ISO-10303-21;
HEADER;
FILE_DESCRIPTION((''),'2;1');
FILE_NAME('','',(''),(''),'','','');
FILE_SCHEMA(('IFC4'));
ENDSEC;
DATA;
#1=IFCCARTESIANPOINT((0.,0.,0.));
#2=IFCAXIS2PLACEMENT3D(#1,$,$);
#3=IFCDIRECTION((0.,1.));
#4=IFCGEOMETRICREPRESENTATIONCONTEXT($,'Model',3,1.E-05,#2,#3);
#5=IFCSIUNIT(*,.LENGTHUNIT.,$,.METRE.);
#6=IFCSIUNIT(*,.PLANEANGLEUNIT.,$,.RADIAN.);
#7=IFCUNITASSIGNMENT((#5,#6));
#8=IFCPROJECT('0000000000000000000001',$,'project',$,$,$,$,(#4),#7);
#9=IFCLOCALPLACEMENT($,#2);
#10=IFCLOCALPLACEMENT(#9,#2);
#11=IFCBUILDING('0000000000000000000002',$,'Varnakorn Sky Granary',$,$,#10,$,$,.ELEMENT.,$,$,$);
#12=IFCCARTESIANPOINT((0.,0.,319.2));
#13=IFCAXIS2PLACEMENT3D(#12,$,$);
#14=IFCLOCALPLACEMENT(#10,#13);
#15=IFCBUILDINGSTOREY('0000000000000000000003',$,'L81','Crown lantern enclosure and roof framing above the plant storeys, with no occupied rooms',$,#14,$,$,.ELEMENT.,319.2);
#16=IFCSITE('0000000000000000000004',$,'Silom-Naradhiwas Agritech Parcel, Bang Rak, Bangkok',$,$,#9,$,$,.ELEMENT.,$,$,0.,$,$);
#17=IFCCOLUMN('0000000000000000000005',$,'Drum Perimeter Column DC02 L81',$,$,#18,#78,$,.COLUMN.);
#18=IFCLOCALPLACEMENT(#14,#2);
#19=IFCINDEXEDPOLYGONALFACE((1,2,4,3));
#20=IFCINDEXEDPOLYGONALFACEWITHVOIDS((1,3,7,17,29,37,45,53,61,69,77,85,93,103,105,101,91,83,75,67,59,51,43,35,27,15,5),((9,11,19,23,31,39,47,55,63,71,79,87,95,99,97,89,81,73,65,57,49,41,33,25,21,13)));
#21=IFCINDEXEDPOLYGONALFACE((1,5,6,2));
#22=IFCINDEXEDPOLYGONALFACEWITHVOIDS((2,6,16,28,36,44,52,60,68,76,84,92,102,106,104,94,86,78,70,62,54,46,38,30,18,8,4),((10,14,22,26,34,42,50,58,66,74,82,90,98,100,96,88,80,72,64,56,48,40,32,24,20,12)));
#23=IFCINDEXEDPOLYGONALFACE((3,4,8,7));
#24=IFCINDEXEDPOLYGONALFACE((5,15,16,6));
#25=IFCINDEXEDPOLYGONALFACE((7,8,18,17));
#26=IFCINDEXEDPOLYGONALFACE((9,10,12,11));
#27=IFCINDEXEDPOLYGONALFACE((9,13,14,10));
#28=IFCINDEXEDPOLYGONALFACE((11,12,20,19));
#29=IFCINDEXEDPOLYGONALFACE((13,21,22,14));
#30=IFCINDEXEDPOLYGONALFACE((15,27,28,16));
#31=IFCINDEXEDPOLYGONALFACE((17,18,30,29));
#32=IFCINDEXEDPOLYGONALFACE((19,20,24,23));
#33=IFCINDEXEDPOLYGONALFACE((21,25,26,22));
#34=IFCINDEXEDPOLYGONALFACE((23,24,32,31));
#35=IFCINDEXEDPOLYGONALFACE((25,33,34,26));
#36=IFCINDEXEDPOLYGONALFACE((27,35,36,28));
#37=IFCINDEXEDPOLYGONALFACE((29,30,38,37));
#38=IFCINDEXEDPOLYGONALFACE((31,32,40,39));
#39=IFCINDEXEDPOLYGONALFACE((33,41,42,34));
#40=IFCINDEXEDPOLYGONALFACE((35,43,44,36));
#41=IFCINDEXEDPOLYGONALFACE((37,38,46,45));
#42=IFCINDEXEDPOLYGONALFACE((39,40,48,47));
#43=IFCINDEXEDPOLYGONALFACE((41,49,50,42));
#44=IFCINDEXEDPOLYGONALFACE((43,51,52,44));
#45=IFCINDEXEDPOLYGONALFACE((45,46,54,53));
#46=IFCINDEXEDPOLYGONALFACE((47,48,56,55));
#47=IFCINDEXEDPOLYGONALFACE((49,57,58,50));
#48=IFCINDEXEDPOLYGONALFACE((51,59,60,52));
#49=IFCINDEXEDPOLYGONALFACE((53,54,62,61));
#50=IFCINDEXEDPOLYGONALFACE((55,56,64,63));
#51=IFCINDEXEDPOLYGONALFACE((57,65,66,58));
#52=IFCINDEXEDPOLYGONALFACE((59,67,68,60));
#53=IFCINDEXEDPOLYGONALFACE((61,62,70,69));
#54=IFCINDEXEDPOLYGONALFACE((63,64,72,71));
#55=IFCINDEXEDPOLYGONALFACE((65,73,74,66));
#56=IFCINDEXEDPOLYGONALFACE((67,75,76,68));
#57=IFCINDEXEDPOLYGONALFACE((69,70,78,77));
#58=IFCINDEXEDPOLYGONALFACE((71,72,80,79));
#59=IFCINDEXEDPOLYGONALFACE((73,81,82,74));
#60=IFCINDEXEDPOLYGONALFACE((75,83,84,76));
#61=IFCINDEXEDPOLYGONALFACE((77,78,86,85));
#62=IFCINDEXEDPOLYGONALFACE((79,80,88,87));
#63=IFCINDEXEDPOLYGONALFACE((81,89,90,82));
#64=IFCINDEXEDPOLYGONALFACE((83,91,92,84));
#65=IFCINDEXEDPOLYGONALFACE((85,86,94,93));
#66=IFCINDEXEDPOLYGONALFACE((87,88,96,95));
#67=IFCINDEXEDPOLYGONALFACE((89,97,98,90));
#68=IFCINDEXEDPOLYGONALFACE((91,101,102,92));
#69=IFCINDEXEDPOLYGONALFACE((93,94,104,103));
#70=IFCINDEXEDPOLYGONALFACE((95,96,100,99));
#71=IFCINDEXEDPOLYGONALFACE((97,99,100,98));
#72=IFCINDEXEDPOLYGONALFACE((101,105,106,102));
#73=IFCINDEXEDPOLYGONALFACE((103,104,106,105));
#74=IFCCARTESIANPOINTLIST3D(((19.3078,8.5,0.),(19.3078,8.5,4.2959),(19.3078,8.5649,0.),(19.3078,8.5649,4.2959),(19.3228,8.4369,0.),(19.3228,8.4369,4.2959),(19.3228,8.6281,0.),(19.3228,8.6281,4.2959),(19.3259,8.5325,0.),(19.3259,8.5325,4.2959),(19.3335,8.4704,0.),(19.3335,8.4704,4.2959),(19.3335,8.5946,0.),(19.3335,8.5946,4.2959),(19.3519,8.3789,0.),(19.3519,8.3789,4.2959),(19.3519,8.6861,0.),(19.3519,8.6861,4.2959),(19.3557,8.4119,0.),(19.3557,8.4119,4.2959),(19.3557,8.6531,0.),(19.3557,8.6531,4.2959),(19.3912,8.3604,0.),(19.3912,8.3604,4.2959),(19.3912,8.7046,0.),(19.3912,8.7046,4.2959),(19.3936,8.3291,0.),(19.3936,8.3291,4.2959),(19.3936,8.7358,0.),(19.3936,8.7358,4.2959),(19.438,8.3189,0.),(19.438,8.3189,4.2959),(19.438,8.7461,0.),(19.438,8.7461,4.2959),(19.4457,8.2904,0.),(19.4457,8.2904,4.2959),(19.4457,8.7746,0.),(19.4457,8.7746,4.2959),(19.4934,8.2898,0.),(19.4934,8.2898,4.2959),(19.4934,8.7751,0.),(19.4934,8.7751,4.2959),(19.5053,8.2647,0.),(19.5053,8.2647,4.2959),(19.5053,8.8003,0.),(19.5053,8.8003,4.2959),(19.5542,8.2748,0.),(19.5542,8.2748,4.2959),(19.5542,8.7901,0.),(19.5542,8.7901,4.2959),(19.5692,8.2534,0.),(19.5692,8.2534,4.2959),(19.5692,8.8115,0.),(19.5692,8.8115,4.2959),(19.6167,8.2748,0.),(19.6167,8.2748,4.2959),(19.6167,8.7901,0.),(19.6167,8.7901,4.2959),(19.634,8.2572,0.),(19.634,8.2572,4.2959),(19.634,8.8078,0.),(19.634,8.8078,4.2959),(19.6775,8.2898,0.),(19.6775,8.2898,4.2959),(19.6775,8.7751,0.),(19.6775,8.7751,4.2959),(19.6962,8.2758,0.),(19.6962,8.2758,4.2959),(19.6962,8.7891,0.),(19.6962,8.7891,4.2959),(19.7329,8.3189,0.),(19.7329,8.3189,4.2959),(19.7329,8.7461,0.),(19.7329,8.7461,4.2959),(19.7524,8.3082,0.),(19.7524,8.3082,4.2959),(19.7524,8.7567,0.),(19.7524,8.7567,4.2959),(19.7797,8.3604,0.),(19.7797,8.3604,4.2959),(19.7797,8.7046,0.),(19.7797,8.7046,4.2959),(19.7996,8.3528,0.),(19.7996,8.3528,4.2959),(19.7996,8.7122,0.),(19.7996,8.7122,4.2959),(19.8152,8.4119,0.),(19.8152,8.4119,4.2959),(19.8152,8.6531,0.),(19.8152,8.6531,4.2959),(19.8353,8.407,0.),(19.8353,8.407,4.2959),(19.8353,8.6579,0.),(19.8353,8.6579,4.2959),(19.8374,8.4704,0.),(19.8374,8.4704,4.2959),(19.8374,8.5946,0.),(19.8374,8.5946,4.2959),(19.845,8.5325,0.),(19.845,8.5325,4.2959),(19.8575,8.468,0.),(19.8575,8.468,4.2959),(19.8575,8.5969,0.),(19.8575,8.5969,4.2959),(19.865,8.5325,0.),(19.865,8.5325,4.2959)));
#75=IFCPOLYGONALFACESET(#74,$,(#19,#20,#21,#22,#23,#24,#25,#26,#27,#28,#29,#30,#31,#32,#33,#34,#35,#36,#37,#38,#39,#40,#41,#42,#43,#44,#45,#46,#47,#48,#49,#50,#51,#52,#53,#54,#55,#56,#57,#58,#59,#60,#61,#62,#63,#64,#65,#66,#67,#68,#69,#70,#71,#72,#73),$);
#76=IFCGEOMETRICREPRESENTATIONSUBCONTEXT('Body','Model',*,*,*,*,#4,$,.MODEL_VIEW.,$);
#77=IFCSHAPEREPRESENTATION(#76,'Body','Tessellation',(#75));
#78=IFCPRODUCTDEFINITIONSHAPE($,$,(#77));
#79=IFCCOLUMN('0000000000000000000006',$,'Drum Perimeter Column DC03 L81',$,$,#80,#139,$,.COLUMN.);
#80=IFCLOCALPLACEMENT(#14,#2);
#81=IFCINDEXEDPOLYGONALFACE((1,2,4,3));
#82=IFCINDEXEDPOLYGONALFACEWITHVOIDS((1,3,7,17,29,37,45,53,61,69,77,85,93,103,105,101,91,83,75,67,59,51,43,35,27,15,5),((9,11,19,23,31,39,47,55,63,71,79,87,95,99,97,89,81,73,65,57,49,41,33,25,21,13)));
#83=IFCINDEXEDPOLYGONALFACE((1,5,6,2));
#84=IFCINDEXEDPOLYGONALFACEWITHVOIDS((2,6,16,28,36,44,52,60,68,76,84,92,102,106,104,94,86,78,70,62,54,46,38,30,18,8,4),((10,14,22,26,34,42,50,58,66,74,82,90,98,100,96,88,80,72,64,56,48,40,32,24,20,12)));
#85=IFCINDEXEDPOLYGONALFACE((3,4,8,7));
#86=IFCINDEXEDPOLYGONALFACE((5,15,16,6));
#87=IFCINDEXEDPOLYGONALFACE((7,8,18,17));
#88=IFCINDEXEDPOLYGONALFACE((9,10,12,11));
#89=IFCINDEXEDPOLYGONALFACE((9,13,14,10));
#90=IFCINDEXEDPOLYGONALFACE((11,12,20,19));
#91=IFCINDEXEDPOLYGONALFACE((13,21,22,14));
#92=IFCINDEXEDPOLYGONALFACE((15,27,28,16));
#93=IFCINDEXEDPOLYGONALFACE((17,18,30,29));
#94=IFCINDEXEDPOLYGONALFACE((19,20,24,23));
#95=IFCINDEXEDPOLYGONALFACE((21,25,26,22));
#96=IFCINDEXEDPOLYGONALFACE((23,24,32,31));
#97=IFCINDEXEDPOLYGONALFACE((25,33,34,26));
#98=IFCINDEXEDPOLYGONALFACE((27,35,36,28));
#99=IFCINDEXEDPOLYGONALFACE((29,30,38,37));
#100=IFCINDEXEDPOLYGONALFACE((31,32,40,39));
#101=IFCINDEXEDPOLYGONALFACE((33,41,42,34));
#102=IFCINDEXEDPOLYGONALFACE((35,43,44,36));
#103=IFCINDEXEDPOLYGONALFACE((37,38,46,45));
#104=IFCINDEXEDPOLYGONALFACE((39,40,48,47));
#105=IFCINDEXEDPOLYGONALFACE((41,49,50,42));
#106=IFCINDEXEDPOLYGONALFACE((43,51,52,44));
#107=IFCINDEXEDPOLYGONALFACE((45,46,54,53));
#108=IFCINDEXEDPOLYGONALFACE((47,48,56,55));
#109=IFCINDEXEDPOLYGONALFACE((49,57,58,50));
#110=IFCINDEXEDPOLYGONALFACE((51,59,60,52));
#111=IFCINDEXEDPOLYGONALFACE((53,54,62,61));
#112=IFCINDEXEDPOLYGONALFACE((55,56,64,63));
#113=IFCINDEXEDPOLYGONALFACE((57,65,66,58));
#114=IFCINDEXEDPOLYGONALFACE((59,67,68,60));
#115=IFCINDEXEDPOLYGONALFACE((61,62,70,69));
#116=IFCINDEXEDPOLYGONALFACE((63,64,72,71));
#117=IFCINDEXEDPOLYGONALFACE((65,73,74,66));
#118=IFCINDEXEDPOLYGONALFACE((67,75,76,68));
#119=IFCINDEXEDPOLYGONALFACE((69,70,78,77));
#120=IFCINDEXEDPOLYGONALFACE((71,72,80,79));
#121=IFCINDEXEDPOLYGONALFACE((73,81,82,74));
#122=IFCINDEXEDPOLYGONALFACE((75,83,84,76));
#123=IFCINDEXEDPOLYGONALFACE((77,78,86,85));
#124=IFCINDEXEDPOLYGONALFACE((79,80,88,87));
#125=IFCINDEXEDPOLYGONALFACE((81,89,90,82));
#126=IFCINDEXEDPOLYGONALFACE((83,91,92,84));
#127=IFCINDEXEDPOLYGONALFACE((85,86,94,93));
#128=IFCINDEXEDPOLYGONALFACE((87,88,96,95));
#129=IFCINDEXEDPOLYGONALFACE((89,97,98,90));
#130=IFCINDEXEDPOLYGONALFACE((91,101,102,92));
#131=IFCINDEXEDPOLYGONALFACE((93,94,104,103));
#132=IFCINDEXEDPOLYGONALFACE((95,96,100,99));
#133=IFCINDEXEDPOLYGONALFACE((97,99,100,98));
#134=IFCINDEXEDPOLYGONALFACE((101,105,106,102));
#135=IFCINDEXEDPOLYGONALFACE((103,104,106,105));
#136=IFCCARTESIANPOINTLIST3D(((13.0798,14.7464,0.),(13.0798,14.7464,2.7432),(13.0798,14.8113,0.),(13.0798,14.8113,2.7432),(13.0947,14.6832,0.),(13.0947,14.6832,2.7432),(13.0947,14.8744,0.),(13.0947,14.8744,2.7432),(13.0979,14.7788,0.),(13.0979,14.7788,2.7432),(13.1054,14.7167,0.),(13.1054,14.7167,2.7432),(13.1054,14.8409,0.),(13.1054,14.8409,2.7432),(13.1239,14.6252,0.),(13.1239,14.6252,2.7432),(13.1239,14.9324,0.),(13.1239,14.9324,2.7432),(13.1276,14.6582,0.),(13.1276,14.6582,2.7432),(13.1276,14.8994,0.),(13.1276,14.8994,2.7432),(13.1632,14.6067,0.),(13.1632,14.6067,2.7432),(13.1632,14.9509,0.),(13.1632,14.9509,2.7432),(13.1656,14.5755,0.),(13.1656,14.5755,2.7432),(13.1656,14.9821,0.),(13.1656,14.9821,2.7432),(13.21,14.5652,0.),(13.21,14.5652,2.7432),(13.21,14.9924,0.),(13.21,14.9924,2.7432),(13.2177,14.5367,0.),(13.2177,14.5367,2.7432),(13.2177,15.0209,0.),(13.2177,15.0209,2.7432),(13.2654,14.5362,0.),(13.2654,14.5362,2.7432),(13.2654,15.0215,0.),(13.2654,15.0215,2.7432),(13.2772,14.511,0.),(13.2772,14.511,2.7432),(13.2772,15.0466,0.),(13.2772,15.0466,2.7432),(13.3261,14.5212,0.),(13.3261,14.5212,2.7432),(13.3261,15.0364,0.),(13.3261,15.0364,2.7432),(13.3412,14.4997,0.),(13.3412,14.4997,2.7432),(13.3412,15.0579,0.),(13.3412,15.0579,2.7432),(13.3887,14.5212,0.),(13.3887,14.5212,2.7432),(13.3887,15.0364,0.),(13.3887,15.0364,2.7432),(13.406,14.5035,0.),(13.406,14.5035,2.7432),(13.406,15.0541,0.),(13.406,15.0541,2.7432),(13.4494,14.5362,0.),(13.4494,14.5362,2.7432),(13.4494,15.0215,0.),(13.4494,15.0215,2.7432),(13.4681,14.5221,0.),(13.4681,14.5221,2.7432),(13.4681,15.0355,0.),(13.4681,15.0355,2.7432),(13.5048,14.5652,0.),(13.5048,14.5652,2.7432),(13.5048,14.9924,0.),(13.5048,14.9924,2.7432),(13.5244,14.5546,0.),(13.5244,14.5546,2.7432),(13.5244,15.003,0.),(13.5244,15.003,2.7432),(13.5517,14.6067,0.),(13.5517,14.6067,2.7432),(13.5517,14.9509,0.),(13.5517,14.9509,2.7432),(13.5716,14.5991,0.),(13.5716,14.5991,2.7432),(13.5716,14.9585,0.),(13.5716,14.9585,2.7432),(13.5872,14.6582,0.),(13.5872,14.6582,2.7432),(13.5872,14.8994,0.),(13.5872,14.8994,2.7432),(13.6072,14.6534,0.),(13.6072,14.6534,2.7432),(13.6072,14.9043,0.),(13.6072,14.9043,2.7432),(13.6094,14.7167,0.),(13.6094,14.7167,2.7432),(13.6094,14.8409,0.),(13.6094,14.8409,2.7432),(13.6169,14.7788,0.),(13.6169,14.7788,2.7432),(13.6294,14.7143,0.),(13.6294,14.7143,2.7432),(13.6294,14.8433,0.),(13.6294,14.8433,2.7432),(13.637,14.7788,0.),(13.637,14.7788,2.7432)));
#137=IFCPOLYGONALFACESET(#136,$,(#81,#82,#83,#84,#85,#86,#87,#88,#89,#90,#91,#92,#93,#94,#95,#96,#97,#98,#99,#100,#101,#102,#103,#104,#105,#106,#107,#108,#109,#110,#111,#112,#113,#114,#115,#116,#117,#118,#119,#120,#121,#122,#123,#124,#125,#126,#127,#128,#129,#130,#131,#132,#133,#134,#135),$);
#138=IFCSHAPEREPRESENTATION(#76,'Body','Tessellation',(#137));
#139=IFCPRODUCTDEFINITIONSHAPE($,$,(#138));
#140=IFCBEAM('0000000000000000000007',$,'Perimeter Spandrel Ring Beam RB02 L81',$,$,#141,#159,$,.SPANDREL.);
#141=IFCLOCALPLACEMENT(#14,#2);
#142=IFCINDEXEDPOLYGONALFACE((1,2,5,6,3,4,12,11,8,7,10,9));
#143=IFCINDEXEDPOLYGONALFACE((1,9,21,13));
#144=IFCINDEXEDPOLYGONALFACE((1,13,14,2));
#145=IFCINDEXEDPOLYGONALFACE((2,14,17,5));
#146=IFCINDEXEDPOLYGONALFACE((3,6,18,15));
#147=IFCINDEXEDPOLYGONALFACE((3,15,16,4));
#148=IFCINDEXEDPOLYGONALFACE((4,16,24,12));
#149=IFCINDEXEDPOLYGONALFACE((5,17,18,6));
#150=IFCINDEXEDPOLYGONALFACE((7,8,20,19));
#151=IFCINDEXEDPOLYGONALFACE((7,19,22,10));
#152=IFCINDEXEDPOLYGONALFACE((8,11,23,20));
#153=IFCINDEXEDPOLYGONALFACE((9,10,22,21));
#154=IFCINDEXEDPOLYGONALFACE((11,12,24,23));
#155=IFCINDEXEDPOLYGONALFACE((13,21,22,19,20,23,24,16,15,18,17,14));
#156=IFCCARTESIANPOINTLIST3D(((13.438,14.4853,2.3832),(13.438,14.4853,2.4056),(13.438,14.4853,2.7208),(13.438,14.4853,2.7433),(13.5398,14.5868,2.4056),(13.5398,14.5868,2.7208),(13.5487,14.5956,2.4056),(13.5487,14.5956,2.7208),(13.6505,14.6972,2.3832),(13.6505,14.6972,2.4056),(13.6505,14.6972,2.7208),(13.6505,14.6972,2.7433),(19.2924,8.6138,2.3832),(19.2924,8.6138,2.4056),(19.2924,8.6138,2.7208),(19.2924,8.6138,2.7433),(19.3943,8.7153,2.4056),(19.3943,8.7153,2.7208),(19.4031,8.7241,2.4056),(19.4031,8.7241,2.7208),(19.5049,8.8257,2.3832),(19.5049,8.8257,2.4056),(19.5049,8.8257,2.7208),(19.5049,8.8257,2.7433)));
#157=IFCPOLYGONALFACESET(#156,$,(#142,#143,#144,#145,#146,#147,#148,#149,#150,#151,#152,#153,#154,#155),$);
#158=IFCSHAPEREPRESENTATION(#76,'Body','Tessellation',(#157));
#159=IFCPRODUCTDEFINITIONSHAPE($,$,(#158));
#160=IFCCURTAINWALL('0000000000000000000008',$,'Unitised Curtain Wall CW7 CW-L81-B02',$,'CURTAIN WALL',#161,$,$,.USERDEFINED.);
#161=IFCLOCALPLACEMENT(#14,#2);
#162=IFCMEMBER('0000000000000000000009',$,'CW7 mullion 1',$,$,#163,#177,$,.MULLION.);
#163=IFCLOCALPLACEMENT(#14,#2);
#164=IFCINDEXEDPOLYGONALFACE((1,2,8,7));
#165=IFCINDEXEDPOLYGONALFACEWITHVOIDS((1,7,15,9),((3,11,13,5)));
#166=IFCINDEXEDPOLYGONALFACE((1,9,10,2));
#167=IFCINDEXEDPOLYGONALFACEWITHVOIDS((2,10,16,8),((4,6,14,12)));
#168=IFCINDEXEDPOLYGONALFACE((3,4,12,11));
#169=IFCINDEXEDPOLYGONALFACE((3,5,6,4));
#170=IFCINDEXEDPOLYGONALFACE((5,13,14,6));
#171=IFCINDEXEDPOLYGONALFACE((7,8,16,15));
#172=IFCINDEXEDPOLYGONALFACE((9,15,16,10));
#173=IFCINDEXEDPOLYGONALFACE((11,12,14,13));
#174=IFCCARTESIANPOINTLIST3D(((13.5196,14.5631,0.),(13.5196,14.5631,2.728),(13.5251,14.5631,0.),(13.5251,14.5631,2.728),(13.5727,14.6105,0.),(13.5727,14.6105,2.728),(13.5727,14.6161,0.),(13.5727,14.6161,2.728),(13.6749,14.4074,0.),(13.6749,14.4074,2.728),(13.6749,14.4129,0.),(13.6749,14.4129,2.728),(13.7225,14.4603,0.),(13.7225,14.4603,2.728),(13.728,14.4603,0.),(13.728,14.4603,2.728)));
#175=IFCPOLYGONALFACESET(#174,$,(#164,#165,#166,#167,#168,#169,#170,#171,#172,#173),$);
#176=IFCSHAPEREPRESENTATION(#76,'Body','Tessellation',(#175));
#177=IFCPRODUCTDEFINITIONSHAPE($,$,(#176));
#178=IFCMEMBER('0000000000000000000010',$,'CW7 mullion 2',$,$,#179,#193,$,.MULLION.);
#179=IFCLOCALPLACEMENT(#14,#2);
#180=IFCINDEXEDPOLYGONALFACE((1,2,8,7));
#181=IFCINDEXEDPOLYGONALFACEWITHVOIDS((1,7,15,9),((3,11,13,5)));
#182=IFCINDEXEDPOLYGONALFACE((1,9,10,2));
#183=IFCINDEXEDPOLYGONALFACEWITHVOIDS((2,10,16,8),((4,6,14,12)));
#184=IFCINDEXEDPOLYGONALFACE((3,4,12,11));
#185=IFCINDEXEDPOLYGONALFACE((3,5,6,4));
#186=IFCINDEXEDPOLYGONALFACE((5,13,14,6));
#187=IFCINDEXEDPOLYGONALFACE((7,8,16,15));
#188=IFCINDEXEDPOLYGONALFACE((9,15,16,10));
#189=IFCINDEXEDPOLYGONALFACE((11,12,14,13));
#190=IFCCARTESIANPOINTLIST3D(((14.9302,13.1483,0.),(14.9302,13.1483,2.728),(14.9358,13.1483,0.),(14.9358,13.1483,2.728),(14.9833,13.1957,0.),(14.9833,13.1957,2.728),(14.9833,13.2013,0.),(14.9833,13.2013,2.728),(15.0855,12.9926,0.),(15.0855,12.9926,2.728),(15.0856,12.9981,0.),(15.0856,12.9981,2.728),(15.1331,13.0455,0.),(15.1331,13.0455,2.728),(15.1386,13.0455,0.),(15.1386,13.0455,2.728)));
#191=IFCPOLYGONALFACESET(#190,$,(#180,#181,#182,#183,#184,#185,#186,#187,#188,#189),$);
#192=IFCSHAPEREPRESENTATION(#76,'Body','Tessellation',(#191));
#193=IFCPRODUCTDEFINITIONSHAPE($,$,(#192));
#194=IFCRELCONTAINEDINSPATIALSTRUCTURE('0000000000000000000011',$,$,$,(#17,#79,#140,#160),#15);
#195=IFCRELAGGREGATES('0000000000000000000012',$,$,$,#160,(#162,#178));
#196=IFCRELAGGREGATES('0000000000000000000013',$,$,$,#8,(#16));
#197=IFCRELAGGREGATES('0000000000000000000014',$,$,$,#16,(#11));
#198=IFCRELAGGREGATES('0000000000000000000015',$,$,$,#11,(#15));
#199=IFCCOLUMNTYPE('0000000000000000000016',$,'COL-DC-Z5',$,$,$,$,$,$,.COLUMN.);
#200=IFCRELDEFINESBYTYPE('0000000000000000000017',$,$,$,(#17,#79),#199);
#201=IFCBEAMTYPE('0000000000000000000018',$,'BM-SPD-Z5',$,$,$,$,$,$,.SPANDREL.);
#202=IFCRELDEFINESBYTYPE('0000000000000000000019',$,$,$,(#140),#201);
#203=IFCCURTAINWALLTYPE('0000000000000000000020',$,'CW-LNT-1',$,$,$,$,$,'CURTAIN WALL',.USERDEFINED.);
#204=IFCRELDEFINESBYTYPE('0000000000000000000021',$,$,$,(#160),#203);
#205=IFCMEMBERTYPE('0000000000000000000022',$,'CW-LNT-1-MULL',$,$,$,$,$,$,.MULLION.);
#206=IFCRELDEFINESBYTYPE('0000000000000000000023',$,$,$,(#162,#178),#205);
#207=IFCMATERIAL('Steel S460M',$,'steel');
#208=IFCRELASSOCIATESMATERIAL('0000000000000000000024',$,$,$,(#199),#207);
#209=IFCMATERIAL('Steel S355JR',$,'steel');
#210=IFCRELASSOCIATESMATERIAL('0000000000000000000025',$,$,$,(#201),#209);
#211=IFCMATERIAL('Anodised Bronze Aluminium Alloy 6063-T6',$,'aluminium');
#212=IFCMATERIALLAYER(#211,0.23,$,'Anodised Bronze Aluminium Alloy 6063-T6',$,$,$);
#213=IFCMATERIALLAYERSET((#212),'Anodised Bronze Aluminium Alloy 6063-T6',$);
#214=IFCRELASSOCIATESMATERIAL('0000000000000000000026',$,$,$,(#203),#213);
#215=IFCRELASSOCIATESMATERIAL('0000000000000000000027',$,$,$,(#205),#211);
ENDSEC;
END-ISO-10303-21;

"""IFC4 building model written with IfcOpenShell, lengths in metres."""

from ifc_helpers import new_model, si_unit, direction, frame, origin, origin_2d, place, context, subcontext, project, spatial, hollow_rectangle, hollow_circle, i_section, extrude, material, layer, layer_set, material_profile, profile_set, type_object, element, aggregate, save


model = new_model("IFC4")

# Units and contexts
model_context = context("Model", 3, precision=1e-05, world=origin(), true_north=direction((0.0, 1.0)))
body_context = subcontext(model_context, "Body", "Model", "MODEL_VIEW")
ifc_project = project(units=[si_unit("LENGTHUNIT", "METRE"), si_unit("PLANEANGLEUNIT", "RADIAN")], contexts=[model_context])

# Site, building, storey
site_placement = place(None, origin())
site = spatial("IfcSite", under=ifc_project, at=site_placement, Name="Silom-Naradhiwas Agritech Parcel, Bang Rak, Bangkok", CompositionType="ELEMENT", RefElevation=0.0)
building_placement = place(site_placement, origin())
building = spatial("IfcBuilding", under=site, at=building_placement, Name="Varnakorn Sky Granary", CompositionType="ELEMENT")
storey_placement = place(building_placement, frame((0.0, 0.0, 319.2)))
storey = spatial("IfcBuildingStorey", under=building, at=storey_placement, Name="L81", Description="Crown lantern enclosure and roof framing above the plant storeys, with no occupied rooms", CompositionType="ELEMENT", Elevation=319.2)

# Columns
ifc_material_1 = material(Name="Steel S460M", Category="steel")
ifc_material_profile_1 = material_profile(ifc_material_1, hollow_circle(Radius=0.2795, WallThickness=0.02, at=origin_2d()), Name="CHS 559x20")
ifc_profile_set_1 = profile_set([ifc_material_profile_1], Name="Steel S460M")
column_type = type_object("IfcColumnType", Name="COL-DC-Z5", PredefinedType="COLUMN", material=ifc_profile_set_1)
column_1_placement = place(storey_placement, frame((19.5854, 8.5325, 0.0), z_axis=(0.0, 0.0, 1.0), x_axis=(1.0, 0.0, 0.0)))
element("IfcColumn", 1, at=column_1_placement, inside=storey, type_object=column_type, Name="Drum Perimeter Column DC02 L81", PredefinedType="COLUMN", context=body_context, shape_type="SweptSolid", body=[
    extrude(hollow_circle(Radius=0.2795, WallThickness=0.02, at=origin_2d()), origin(), (0.0, 0.0, 1.0), 4.2959),
])
column_2_placement = place(storey_placement, frame((13.3574, 14.7788, 0.0), z_axis=(0.0, 0.0, 1.0), x_axis=(1.0, 0.0, 0.0)))
element("IfcColumn", 2, at=column_2_placement, inside=storey, type_object=column_type, Name="Drum Perimeter Column DC03 L81", PredefinedType="COLUMN", context=body_context, shape_type="SweptSolid", body=[
    extrude(hollow_circle(Radius=0.2795, WallThickness=0.02, at=origin_2d()), origin(), (0.0, 0.0, 1.0), 2.7432),
])

# Beam
ifc_material_2 = material(Name="Steel S355JR", Category="steel")
ifc_material_profile_2 = material_profile(ifc_material_2, i_section(OverallWidth=0.3, OverallDepth=0.3601, WebThickness=0.0125, FlangeThickness=0.0225, at=origin_2d()), Name="HE 360 B")
ifc_profile_set_2 = profile_set([ifc_material_profile_2], Name="Steel S355JR")
beam_type = type_object("IfcBeamType", Name="BM-SPD-Z5", PredefinedType="SPANDREL", material=ifc_profile_set_2)
beam_placement = place(storey_placement, frame((19.3987, 8.7197, 2.5632), z_axis=(-0.706075, 0.708137, 0.0), x_axis=(-0.708137, -0.706075, 0.0)))
element("IfcBeam", 3, at=beam_placement, inside=storey, type_object=beam_type, Name="Perimeter Spandrel Ring Beam RB02 L81", PredefinedType="SPANDREL", context=body_context, shape_type="SweptSolid", body=[
    extrude(i_section(OverallWidth=0.3, OverallDepth=0.3601, WebThickness=0.0125, FlangeThickness=0.0225, at=origin_2d()), origin(), (0.0, 0.0, 1.0), 8.2915),
])

# Curtain wall, members
ifc_material_3 = material(Name="Anodised Bronze Aluminium Alloy 6063-T6", Category="aluminium")
ifc_layer_1 = layer(ifc_material_3, 0.23, Name="Anodised Bronze Aluminium Alloy 6063-T6")
ifc_layer_set_1 = layer_set([ifc_layer_1], Name="Anodised Bronze Aluminium Alloy 6063-T6")
curtain_wall_type = type_object("IfcCurtainWallType", Name="CW-LNT-1", ElementType="CURTAIN WALL", PredefinedType="USERDEFINED", material=ifc_layer_set_1)
curtain_wall_1_placement = place(storey_placement, origin())
curtain_wall_1 = element("IfcCurtainWall", 4, at=curtain_wall_1_placement, inside=storey, type_object=curtain_wall_type, Name="Unitised Curtain Wall CW7 CW-L81-B02", ObjectType="CURTAIN WALL", PredefinedType="USERDEFINED")
ifc_material_profile_3 = material_profile(ifc_material_3, hollow_rectangle(XDim=0.075, YDim=0.22, WallThickness=0.0039, at=origin_2d()), Name="ALU MULL 75x220")
ifc_profile_set_3 = profile_set([ifc_material_profile_3], Name="Anodised Bronze Aluminium Alloy 6063-T6")
member_type_1 = type_object("IfcMemberType", Name="CW-LNT-1-MULL", PredefinedType="MULLION", material=ifc_profile_set_3)
member_1_placement = place(storey_placement, frame((13.6238, 14.5117, 0.0), z_axis=(0.0, 0.0, 1.0), x_axis=(0.708144, 0.706068, 0.0)))
member_1 = element("IfcMember", 5, at=member_1_placement, type_object=member_type_1, Name="CW7 mullion 1", PredefinedType="MULLION", context=body_context, shape_type="SweptSolid", body=[
    extrude(hollow_rectangle(XDim=0.075, YDim=0.22, WallThickness=0.0039, at=origin_2d()), origin(), (0.0, 0.0, 1.0), 2.728),
])
member_2_placement = place(storey_placement, frame((15.0344, 13.0969, 0.0), z_axis=(0.0, 0.0, 1.0), x_axis=(0.708144, 0.706068, 0.0)))
member_2 = element("IfcMember", 6, at=member_2_placement, type_object=member_type_1, Name="CW7 mullion 2", PredefinedType="MULLION", context=body_context, shape_type="SweptSolid", body=[
    extrude(hollow_rectangle(XDim=0.075, YDim=0.22, WallThickness=0.0039, at=origin_2d()), origin(), (0.0, 0.0, 1.0), 2.728),
])

aggregate(curtain_wall_1, [member_1, member_2])

save(model, "model.ifc")
